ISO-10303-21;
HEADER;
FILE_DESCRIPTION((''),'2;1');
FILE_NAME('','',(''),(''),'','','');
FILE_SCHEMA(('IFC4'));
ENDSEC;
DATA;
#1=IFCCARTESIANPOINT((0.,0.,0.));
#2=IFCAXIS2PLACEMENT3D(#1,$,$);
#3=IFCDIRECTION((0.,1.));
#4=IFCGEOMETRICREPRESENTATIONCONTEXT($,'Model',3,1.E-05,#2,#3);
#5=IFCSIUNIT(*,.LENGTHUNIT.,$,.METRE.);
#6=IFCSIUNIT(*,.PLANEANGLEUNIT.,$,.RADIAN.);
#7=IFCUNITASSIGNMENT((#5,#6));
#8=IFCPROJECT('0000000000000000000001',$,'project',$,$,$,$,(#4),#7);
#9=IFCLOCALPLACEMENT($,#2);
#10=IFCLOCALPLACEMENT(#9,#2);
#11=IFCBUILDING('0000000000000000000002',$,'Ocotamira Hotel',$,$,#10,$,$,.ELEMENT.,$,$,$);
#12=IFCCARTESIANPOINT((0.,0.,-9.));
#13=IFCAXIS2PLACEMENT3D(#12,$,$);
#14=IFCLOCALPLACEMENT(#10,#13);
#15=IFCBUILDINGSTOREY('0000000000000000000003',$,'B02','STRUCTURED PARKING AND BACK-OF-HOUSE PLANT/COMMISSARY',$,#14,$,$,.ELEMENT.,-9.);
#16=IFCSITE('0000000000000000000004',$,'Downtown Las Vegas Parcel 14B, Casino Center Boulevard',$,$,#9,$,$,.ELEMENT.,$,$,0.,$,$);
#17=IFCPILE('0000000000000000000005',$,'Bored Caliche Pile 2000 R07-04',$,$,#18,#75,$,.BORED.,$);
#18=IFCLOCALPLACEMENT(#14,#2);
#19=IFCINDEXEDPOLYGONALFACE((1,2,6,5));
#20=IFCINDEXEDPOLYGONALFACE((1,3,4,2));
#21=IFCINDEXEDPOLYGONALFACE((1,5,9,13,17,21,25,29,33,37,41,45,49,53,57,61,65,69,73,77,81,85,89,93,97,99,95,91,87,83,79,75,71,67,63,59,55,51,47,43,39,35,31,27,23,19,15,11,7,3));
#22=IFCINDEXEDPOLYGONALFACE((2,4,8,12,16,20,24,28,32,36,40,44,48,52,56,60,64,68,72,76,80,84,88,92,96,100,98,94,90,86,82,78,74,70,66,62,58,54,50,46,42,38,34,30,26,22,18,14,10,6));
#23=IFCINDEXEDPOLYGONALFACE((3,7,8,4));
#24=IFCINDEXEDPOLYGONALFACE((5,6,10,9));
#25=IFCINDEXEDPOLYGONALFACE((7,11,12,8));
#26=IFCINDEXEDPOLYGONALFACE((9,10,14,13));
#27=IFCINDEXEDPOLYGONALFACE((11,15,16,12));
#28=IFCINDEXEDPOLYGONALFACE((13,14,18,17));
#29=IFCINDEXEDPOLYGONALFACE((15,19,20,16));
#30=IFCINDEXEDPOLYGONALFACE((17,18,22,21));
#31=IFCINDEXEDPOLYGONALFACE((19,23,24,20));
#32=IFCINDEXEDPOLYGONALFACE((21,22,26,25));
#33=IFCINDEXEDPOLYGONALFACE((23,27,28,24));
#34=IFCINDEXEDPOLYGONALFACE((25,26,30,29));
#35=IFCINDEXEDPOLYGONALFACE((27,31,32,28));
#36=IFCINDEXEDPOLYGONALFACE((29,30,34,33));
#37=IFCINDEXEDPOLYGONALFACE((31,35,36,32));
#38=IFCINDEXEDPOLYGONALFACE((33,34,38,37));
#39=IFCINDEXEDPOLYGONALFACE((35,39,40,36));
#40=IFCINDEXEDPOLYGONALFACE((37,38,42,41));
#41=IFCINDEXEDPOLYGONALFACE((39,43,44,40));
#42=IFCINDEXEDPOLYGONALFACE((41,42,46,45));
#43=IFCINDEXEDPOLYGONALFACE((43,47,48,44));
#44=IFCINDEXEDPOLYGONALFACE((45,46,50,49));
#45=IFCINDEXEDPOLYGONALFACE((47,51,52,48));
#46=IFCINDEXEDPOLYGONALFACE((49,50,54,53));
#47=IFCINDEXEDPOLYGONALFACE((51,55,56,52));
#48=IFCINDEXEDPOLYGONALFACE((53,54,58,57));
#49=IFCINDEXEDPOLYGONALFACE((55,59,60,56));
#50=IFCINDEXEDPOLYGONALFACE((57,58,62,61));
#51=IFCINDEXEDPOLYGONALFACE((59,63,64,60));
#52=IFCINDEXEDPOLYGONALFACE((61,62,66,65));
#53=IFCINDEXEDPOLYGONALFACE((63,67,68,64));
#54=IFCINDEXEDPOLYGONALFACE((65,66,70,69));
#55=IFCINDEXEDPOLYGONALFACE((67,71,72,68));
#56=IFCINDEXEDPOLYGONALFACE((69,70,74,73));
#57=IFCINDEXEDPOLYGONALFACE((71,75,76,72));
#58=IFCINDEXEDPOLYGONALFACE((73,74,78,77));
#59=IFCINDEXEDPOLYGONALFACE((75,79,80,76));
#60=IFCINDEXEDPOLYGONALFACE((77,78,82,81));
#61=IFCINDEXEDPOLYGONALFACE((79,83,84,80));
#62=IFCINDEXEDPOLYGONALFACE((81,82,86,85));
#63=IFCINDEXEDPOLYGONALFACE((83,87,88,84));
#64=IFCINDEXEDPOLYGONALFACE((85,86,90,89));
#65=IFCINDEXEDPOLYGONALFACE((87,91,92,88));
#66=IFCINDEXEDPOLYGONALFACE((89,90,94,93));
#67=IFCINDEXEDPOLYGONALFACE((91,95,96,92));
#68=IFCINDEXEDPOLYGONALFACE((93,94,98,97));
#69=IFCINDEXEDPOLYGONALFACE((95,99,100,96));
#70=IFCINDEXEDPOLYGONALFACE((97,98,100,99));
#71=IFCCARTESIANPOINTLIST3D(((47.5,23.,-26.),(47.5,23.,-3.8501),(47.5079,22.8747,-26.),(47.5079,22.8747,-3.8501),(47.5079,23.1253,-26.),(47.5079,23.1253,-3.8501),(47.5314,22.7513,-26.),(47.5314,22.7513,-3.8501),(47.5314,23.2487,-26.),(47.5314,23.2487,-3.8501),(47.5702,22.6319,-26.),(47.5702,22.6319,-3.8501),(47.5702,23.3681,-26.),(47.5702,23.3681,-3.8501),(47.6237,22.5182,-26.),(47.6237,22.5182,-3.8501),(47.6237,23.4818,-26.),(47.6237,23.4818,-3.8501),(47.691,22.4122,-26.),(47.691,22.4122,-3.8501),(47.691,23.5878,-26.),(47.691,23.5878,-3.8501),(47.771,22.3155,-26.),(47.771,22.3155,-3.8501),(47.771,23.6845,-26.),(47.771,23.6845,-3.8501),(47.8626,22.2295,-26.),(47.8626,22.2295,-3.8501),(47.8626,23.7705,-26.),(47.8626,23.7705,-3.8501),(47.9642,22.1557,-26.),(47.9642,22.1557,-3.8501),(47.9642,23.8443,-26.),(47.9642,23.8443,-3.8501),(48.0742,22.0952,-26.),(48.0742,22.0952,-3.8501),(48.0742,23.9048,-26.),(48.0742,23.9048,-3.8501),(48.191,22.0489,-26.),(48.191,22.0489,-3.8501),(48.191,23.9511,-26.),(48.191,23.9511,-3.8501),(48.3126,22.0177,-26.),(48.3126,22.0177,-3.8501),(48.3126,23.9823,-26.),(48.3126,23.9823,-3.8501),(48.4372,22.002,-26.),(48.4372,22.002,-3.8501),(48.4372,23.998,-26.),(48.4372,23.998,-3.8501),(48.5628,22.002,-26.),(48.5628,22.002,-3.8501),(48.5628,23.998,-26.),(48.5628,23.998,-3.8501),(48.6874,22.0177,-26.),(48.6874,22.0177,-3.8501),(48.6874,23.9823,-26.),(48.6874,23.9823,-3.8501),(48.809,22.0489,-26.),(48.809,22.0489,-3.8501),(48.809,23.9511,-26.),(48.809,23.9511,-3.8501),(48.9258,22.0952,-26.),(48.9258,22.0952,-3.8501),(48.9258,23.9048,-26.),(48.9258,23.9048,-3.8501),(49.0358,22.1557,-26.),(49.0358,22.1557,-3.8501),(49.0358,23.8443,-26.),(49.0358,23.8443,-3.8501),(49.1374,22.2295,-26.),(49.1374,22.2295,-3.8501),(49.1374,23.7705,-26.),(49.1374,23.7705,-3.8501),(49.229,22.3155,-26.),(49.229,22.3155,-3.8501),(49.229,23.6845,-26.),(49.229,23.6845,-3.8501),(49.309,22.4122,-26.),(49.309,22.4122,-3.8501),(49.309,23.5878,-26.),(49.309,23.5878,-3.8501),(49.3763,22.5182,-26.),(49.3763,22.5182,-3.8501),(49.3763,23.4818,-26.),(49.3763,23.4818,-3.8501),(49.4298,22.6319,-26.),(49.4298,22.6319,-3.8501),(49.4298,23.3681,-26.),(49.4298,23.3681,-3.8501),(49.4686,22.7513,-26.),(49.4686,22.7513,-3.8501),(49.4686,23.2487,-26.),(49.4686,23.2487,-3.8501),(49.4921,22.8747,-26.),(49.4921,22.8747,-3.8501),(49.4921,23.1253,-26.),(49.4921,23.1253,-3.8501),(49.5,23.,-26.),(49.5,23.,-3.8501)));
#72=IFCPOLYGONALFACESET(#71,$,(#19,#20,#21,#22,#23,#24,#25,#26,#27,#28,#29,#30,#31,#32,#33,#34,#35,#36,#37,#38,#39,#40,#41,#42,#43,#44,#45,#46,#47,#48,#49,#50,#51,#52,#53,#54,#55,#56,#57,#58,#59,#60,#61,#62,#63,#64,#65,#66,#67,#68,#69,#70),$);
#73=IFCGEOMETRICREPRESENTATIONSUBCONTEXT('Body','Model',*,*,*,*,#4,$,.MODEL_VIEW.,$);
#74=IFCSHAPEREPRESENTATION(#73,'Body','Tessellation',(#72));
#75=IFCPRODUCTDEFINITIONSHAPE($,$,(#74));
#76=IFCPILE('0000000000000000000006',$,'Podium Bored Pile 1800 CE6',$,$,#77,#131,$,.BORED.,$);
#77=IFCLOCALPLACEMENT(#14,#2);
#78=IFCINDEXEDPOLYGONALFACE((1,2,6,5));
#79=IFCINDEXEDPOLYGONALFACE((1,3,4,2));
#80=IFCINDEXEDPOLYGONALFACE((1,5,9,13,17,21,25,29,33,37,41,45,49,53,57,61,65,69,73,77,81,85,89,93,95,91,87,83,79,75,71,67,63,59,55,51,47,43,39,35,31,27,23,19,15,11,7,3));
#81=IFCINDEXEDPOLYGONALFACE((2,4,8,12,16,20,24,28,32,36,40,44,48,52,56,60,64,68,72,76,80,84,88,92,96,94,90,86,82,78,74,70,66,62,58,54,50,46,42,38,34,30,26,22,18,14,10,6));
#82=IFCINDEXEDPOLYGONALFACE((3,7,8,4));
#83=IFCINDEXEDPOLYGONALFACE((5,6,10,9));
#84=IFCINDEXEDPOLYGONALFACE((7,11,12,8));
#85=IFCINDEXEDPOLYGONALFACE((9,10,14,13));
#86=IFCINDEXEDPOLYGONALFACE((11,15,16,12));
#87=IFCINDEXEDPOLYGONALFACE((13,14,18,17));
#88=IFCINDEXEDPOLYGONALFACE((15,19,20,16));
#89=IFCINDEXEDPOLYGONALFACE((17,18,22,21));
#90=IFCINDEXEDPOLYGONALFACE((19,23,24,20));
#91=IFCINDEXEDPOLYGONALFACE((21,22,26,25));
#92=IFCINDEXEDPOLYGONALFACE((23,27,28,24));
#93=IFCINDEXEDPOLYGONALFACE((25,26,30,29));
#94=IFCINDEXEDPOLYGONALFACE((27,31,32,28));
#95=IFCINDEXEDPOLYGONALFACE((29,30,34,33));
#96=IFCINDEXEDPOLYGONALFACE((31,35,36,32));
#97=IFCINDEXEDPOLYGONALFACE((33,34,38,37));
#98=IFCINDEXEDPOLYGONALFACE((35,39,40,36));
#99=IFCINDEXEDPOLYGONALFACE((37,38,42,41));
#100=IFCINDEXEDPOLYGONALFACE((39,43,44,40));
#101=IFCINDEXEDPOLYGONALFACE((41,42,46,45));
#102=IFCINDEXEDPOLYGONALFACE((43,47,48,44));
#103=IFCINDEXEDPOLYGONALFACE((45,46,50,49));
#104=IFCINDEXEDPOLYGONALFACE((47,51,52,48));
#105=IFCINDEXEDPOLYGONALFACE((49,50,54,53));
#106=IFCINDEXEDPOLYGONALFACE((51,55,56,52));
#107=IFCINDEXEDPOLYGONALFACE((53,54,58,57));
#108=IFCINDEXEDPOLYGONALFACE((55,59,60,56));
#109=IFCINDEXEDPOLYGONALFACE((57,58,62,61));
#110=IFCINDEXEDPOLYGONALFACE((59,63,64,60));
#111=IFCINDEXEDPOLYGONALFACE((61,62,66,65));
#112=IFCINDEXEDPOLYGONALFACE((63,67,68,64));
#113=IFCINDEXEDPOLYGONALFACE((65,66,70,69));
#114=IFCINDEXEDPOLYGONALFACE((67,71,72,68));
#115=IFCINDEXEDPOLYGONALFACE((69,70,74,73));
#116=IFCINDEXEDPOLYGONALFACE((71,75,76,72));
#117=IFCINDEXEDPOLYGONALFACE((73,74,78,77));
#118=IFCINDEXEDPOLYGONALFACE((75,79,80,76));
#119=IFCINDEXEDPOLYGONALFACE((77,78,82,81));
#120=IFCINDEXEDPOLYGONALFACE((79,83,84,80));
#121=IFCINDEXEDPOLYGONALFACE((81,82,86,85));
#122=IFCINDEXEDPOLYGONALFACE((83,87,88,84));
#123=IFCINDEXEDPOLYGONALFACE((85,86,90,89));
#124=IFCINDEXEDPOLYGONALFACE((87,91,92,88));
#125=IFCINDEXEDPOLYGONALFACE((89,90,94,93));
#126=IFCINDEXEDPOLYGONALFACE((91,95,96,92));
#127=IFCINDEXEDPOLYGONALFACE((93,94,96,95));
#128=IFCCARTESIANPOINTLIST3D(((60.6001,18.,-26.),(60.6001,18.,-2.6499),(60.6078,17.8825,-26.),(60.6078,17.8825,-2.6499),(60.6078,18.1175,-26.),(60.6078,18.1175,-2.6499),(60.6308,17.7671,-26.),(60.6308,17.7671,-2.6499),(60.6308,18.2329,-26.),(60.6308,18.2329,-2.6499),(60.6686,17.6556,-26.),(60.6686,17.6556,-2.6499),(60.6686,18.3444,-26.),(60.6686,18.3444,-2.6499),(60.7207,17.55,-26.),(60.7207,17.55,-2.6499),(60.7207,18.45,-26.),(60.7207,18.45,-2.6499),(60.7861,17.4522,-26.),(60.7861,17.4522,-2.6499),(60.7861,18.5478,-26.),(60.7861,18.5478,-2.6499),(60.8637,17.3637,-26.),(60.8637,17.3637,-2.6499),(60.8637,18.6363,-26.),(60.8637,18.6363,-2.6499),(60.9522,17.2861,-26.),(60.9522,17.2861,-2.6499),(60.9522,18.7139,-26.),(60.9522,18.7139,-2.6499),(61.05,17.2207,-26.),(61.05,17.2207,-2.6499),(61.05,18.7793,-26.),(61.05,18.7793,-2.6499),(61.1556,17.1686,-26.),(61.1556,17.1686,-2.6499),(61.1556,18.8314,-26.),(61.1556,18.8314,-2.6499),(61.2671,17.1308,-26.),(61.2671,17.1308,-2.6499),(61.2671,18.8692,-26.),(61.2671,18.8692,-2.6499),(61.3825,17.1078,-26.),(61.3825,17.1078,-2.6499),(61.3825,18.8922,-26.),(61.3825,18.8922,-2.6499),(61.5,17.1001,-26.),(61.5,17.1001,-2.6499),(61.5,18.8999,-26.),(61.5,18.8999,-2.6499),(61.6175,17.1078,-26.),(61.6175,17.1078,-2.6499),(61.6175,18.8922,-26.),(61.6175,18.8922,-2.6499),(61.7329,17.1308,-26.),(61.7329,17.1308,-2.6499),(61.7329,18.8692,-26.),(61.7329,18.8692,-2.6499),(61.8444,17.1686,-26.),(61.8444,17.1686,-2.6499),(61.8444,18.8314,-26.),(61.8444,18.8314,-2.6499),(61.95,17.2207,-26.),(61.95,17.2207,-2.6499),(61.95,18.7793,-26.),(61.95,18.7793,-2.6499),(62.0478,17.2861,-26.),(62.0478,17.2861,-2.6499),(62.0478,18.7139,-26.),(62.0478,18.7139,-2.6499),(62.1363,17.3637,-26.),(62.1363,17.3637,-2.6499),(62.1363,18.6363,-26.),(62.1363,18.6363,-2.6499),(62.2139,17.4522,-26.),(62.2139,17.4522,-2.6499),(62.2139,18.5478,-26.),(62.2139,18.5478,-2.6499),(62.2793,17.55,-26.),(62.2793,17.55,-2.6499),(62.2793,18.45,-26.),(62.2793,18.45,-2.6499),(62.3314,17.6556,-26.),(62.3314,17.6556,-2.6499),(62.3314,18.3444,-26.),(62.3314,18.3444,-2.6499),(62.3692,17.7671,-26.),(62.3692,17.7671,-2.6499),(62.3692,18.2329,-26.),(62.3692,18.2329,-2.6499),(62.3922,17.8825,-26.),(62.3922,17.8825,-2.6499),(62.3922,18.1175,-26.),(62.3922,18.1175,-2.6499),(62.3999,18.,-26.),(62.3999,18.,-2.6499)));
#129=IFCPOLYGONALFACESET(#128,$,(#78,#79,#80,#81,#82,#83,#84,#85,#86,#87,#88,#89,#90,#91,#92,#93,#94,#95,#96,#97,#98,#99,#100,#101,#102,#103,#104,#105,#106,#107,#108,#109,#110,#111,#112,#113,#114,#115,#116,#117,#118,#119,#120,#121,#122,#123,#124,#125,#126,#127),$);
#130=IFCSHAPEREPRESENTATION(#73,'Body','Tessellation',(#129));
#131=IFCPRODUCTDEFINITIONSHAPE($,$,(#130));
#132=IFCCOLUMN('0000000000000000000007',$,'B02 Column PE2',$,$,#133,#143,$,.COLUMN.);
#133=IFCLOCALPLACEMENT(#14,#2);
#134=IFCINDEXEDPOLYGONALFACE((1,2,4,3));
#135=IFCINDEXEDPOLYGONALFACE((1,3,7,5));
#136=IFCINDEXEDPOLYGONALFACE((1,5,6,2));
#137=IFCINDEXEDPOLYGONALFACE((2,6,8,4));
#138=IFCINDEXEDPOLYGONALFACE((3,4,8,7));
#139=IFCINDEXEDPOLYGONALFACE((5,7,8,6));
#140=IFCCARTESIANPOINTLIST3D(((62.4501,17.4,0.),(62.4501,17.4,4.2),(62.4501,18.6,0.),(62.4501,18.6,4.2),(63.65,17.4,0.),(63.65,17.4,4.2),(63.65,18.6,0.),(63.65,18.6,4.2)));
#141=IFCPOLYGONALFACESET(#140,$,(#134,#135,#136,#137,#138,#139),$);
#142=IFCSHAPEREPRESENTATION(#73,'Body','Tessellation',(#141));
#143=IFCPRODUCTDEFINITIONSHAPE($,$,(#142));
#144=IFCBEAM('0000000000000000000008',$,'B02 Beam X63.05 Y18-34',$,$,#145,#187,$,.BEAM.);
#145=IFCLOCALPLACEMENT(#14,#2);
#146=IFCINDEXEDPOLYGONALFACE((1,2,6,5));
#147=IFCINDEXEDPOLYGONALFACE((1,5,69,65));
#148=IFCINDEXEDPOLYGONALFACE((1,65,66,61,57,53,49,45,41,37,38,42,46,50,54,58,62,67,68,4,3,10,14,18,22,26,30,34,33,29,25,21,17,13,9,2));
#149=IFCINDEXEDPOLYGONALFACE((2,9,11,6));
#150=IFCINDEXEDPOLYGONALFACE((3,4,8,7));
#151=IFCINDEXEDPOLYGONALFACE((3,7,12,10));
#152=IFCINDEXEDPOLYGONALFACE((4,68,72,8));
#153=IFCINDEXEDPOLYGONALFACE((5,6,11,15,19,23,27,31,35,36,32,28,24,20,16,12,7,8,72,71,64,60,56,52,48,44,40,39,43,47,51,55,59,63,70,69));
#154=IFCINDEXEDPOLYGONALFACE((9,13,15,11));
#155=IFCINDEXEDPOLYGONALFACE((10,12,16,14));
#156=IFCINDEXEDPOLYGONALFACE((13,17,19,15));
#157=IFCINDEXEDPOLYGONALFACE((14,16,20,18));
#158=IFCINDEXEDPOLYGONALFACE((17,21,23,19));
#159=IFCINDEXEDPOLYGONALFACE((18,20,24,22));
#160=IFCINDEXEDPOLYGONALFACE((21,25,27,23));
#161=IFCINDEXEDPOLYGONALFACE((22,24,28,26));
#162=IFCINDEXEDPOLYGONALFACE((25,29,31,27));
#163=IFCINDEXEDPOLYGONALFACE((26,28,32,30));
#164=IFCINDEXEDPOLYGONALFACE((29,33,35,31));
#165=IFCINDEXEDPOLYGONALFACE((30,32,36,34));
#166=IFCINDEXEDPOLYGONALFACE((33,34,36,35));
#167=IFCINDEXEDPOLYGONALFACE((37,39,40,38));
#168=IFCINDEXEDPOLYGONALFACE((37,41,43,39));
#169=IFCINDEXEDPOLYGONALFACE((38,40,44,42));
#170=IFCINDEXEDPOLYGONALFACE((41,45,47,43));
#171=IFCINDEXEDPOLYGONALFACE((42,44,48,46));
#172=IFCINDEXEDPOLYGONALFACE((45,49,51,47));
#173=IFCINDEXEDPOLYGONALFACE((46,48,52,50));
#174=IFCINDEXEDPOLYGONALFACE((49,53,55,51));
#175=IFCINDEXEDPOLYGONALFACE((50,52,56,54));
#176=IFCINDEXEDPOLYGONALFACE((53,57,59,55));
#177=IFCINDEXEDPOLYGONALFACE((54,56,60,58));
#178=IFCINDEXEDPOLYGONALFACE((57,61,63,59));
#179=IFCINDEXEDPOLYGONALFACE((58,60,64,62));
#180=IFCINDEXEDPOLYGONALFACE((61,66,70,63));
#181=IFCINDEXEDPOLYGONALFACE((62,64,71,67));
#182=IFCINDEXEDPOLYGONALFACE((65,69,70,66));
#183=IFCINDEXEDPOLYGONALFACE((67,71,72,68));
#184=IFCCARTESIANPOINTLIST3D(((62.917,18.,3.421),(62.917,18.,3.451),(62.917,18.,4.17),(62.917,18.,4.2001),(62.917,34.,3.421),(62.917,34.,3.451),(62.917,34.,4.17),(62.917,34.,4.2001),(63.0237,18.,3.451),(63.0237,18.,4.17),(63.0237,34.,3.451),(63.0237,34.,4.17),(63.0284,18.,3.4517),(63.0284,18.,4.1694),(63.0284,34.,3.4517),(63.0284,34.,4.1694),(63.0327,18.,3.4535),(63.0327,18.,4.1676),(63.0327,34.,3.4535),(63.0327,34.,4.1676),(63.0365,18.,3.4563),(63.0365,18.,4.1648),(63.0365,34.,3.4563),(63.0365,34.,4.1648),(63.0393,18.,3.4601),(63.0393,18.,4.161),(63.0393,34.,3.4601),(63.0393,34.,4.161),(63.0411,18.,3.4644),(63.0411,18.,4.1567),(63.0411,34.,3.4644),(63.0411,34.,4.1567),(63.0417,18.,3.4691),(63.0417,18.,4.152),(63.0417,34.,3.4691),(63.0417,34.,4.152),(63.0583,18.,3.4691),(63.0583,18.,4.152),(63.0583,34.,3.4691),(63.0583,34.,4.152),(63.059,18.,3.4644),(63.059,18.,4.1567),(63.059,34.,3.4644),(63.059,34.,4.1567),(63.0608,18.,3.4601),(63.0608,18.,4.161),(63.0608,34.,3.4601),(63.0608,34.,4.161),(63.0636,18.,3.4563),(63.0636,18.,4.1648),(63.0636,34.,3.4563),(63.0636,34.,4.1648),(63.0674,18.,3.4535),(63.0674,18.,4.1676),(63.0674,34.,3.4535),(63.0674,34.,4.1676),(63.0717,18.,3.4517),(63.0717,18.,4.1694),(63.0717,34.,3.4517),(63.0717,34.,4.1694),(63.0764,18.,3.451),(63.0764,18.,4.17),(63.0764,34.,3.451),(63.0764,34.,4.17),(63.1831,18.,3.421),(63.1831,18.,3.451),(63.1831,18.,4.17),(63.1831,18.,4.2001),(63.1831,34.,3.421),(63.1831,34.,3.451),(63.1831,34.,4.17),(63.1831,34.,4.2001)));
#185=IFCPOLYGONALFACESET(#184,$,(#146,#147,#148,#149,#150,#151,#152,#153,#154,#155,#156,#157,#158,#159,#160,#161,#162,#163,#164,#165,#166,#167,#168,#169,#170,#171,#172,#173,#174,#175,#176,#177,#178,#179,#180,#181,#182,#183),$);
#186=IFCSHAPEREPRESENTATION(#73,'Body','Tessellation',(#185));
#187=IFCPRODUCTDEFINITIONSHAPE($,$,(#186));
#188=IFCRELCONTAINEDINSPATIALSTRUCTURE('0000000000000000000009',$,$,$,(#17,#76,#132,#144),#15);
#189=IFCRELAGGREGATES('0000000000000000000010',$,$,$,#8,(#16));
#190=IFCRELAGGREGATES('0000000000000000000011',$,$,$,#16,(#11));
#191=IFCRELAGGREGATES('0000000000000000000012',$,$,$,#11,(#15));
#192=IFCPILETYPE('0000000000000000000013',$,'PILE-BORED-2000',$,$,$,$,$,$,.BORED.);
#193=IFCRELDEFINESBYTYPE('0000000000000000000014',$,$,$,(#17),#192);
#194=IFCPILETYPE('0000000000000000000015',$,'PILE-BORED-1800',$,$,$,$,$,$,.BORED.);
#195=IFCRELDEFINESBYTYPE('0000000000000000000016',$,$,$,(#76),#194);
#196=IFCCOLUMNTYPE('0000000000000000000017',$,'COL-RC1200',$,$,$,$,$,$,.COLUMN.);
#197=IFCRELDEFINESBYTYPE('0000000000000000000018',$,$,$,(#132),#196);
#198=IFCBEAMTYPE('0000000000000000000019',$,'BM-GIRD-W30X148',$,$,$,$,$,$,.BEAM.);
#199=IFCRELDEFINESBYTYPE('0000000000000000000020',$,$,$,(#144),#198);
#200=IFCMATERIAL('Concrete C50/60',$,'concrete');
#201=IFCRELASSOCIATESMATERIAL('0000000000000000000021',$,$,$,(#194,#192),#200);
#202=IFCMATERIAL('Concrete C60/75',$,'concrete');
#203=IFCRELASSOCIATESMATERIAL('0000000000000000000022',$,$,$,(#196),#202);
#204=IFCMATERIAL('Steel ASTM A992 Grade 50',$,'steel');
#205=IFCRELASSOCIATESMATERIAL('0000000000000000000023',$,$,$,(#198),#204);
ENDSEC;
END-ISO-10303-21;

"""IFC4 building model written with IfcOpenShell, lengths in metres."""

from ifc_helpers import new_model, si_unit, direction, frame, origin, origin_2d, place, context, subcontext, project, spatial, rectangle, circle, i_section, extrude, source, transform, mapped, material, material_profile, profile_set, type_object, element, save


model = new_model("IFC4")

# Units and contexts
model_context = context("Model", 3, precision=1e-05, world=origin(), true_north=direction((0.0, 1.0)))
body_context = subcontext(model_context, "Body", "Model", "MODEL_VIEW")
ifc_project = project(units=[si_unit("LENGTHUNIT", "METRE"), si_unit("PLANEANGLEUNIT", "RADIAN")], contexts=[model_context])

# Site, building, storey
site_placement = place(None, origin())
site = spatial("IfcSite", under=ifc_project, at=site_placement, Name="Downtown Las Vegas Parcel 14B, Casino Center Boulevard", CompositionType="ELEMENT", RefElevation=0.0)
building_placement = place(site_placement, origin())
building = spatial("IfcBuilding", under=site, at=building_placement, Name="Ocotamira Hotel", CompositionType="ELEMENT")
storey_placement = place(building_placement, frame((0.0, 0.0, -9.0)))
storey = spatial("IfcBuildingStorey", under=building, at=storey_placement, Name="B02", Description="STRUCTURED PARKING AND BACK-OF-HOUSE PLANT/COMMISSARY", CompositionType="ELEMENT", Elevation=-9.0)

# Piles
ifc_material_1 = material(Name="Concrete C50/60", Category="concrete")
ifc_material_profile_1 = material_profile(ifc_material_1, circle(Radius=0.8999, at=origin_2d()), Name="PILE1800")
ifc_profile_set_1 = profile_set([ifc_material_profile_1], Name="Concrete C50/60")
pile_type_1 = type_object("IfcPileType", Name="PILE-BORED-1800", PredefinedType="BORED", material=ifc_profile_set_1)
ifc_material_profile_2 = material_profile(ifc_material_1, circle(Radius=1.0, at=origin_2d()), Name="PILE2000")
ifc_profile_set_2 = profile_set([ifc_material_profile_2], Name="Concrete C50/60")
pile_type_2 = type_object("IfcPileType", Name="PILE-BORED-2000", PredefinedType="BORED", material=ifc_profile_set_2)
shared_shape_1 = source(origin(), body_context, "Body", "SweptSolid", [
    extrude(circle(Radius=1.0, at=origin_2d()), origin(), (0.0, 0.0, 1.0), 22.1499),
])
for number, where, z_axis, x_axis, name in (
    (1, (48.5, 23.0, -3.8501), (0.0, 0.0, -1.0), (1.0, 0.0, 0.0), "Bored Caliche Pile 2000 R07-04"),
):
    element("IfcPile", number, at=place(storey_placement, frame(where, z_axis=z_axis, x_axis=x_axis)), inside=storey, type_object=pile_type_2, Name=name, PredefinedType="BORED", context=body_context, shape_type="MappedRepresentation", body=[
        mapped(shared_shape_1, transform((0.0, 0.0, 0.0), scale=1.0)),
    ])
shared_shape_2 = source(origin(), body_context, "Body", "SweptSolid", [
    extrude(circle(Radius=0.8999, at=origin_2d()), origin(), (0.0, 0.0, 1.0), 23.3501),
])
pile_placement = place(storey_placement, frame((61.5, 18.0, -2.6499), z_axis=(0.0, 0.0, -1.0), x_axis=(1.0, 0.0, 0.0)))
element("IfcPile", 2, at=pile_placement, inside=storey, type_object=pile_type_1, Name="Podium Bored Pile 1800 CE6", PredefinedType="BORED", context=body_context, shape_type="MappedRepresentation", body=[
    mapped(shared_shape_2, transform((0.0, 0.0, 0.0), scale=1.0)),
])

# Column
ifc_material_2 = material(Name="Concrete C60/75", Category="concrete")
ifc_material_profile_3 = material_profile(ifc_material_2, rectangle(XDim=1.2, YDim=1.2, at=origin_2d()), Name="RC1200X1200")
ifc_profile_set_3 = profile_set([ifc_material_profile_3], Name="Concrete C60/75")
column_type = type_object("IfcColumnType", Name="COL-RC1200", PredefinedType="COLUMN", material=ifc_profile_set_3)
shared_shape_3 = source(origin(), body_context, "Body", "SweptSolid", [
    extrude(rectangle(XDim=1.2, YDim=1.2, at=origin_2d()), origin(), (0.0, 0.0, 1.0), 4.2),
])
column_placement = place(storey_placement, frame((63.05, 18.0, 0.0), z_axis=(0.0, 0.0, 1.0), x_axis=(1.0, 0.0, 0.0)))
element("IfcColumn", 3, at=column_placement, inside=storey, type_object=column_type, Name="B02 Column PE2", PredefinedType="COLUMN", context=body_context, shape_type="MappedRepresentation", body=[
    mapped(shared_shape_3, transform((0.0, 0.0, 0.0), scale=1.0)),
])

# Beam
ifc_material_3 = material(Name="Steel ASTM A992 Grade 50", Category="steel")
ifc_material_profile_4 = material_profile(ifc_material_3, i_section(OverallWidth=0.2661, OverallDepth=0.7791, WebThickness=0.0166, FlangeThickness=0.03, FilletRadius=0.0181, at=origin_2d()), Name="W30X148")
ifc_profile_set_4 = profile_set([ifc_material_profile_4], Name="Steel ASTM A992 Grade 50")
beam_type = type_object("IfcBeamType", Name="BM-GIRD-W30X148", PredefinedType="BEAM", material=ifc_profile_set_4)
shared_shape_4 = source(origin(), body_context, "Body", "SweptSolid", [
    extrude(i_section(OverallWidth=0.2661, OverallDepth=0.7791, WebThickness=0.0166, FlangeThickness=0.03, FilletRadius=0.0181, at=origin_2d()), origin(), (0.0, 0.0, 1.0), 16.0),
])
beam_placement = place(storey_placement, frame((63.05, 18.0, 3.8105), z_axis=(0.0, 1.0, 0.0), x_axis=(-1.0, 0.0, 0.0)))
element("IfcBeam", 4, at=beam_placement, inside=storey, type_object=beam_type, Name="B02 Beam X63.05 Y18-34", PredefinedType="BEAM", context=body_context, shape_type="MappedRepresentation", body=[
    mapped(shared_shape_4, transform((0.0, 0.0, 0.0), scale=1.0)),
])

save(model, "model.ifc")
